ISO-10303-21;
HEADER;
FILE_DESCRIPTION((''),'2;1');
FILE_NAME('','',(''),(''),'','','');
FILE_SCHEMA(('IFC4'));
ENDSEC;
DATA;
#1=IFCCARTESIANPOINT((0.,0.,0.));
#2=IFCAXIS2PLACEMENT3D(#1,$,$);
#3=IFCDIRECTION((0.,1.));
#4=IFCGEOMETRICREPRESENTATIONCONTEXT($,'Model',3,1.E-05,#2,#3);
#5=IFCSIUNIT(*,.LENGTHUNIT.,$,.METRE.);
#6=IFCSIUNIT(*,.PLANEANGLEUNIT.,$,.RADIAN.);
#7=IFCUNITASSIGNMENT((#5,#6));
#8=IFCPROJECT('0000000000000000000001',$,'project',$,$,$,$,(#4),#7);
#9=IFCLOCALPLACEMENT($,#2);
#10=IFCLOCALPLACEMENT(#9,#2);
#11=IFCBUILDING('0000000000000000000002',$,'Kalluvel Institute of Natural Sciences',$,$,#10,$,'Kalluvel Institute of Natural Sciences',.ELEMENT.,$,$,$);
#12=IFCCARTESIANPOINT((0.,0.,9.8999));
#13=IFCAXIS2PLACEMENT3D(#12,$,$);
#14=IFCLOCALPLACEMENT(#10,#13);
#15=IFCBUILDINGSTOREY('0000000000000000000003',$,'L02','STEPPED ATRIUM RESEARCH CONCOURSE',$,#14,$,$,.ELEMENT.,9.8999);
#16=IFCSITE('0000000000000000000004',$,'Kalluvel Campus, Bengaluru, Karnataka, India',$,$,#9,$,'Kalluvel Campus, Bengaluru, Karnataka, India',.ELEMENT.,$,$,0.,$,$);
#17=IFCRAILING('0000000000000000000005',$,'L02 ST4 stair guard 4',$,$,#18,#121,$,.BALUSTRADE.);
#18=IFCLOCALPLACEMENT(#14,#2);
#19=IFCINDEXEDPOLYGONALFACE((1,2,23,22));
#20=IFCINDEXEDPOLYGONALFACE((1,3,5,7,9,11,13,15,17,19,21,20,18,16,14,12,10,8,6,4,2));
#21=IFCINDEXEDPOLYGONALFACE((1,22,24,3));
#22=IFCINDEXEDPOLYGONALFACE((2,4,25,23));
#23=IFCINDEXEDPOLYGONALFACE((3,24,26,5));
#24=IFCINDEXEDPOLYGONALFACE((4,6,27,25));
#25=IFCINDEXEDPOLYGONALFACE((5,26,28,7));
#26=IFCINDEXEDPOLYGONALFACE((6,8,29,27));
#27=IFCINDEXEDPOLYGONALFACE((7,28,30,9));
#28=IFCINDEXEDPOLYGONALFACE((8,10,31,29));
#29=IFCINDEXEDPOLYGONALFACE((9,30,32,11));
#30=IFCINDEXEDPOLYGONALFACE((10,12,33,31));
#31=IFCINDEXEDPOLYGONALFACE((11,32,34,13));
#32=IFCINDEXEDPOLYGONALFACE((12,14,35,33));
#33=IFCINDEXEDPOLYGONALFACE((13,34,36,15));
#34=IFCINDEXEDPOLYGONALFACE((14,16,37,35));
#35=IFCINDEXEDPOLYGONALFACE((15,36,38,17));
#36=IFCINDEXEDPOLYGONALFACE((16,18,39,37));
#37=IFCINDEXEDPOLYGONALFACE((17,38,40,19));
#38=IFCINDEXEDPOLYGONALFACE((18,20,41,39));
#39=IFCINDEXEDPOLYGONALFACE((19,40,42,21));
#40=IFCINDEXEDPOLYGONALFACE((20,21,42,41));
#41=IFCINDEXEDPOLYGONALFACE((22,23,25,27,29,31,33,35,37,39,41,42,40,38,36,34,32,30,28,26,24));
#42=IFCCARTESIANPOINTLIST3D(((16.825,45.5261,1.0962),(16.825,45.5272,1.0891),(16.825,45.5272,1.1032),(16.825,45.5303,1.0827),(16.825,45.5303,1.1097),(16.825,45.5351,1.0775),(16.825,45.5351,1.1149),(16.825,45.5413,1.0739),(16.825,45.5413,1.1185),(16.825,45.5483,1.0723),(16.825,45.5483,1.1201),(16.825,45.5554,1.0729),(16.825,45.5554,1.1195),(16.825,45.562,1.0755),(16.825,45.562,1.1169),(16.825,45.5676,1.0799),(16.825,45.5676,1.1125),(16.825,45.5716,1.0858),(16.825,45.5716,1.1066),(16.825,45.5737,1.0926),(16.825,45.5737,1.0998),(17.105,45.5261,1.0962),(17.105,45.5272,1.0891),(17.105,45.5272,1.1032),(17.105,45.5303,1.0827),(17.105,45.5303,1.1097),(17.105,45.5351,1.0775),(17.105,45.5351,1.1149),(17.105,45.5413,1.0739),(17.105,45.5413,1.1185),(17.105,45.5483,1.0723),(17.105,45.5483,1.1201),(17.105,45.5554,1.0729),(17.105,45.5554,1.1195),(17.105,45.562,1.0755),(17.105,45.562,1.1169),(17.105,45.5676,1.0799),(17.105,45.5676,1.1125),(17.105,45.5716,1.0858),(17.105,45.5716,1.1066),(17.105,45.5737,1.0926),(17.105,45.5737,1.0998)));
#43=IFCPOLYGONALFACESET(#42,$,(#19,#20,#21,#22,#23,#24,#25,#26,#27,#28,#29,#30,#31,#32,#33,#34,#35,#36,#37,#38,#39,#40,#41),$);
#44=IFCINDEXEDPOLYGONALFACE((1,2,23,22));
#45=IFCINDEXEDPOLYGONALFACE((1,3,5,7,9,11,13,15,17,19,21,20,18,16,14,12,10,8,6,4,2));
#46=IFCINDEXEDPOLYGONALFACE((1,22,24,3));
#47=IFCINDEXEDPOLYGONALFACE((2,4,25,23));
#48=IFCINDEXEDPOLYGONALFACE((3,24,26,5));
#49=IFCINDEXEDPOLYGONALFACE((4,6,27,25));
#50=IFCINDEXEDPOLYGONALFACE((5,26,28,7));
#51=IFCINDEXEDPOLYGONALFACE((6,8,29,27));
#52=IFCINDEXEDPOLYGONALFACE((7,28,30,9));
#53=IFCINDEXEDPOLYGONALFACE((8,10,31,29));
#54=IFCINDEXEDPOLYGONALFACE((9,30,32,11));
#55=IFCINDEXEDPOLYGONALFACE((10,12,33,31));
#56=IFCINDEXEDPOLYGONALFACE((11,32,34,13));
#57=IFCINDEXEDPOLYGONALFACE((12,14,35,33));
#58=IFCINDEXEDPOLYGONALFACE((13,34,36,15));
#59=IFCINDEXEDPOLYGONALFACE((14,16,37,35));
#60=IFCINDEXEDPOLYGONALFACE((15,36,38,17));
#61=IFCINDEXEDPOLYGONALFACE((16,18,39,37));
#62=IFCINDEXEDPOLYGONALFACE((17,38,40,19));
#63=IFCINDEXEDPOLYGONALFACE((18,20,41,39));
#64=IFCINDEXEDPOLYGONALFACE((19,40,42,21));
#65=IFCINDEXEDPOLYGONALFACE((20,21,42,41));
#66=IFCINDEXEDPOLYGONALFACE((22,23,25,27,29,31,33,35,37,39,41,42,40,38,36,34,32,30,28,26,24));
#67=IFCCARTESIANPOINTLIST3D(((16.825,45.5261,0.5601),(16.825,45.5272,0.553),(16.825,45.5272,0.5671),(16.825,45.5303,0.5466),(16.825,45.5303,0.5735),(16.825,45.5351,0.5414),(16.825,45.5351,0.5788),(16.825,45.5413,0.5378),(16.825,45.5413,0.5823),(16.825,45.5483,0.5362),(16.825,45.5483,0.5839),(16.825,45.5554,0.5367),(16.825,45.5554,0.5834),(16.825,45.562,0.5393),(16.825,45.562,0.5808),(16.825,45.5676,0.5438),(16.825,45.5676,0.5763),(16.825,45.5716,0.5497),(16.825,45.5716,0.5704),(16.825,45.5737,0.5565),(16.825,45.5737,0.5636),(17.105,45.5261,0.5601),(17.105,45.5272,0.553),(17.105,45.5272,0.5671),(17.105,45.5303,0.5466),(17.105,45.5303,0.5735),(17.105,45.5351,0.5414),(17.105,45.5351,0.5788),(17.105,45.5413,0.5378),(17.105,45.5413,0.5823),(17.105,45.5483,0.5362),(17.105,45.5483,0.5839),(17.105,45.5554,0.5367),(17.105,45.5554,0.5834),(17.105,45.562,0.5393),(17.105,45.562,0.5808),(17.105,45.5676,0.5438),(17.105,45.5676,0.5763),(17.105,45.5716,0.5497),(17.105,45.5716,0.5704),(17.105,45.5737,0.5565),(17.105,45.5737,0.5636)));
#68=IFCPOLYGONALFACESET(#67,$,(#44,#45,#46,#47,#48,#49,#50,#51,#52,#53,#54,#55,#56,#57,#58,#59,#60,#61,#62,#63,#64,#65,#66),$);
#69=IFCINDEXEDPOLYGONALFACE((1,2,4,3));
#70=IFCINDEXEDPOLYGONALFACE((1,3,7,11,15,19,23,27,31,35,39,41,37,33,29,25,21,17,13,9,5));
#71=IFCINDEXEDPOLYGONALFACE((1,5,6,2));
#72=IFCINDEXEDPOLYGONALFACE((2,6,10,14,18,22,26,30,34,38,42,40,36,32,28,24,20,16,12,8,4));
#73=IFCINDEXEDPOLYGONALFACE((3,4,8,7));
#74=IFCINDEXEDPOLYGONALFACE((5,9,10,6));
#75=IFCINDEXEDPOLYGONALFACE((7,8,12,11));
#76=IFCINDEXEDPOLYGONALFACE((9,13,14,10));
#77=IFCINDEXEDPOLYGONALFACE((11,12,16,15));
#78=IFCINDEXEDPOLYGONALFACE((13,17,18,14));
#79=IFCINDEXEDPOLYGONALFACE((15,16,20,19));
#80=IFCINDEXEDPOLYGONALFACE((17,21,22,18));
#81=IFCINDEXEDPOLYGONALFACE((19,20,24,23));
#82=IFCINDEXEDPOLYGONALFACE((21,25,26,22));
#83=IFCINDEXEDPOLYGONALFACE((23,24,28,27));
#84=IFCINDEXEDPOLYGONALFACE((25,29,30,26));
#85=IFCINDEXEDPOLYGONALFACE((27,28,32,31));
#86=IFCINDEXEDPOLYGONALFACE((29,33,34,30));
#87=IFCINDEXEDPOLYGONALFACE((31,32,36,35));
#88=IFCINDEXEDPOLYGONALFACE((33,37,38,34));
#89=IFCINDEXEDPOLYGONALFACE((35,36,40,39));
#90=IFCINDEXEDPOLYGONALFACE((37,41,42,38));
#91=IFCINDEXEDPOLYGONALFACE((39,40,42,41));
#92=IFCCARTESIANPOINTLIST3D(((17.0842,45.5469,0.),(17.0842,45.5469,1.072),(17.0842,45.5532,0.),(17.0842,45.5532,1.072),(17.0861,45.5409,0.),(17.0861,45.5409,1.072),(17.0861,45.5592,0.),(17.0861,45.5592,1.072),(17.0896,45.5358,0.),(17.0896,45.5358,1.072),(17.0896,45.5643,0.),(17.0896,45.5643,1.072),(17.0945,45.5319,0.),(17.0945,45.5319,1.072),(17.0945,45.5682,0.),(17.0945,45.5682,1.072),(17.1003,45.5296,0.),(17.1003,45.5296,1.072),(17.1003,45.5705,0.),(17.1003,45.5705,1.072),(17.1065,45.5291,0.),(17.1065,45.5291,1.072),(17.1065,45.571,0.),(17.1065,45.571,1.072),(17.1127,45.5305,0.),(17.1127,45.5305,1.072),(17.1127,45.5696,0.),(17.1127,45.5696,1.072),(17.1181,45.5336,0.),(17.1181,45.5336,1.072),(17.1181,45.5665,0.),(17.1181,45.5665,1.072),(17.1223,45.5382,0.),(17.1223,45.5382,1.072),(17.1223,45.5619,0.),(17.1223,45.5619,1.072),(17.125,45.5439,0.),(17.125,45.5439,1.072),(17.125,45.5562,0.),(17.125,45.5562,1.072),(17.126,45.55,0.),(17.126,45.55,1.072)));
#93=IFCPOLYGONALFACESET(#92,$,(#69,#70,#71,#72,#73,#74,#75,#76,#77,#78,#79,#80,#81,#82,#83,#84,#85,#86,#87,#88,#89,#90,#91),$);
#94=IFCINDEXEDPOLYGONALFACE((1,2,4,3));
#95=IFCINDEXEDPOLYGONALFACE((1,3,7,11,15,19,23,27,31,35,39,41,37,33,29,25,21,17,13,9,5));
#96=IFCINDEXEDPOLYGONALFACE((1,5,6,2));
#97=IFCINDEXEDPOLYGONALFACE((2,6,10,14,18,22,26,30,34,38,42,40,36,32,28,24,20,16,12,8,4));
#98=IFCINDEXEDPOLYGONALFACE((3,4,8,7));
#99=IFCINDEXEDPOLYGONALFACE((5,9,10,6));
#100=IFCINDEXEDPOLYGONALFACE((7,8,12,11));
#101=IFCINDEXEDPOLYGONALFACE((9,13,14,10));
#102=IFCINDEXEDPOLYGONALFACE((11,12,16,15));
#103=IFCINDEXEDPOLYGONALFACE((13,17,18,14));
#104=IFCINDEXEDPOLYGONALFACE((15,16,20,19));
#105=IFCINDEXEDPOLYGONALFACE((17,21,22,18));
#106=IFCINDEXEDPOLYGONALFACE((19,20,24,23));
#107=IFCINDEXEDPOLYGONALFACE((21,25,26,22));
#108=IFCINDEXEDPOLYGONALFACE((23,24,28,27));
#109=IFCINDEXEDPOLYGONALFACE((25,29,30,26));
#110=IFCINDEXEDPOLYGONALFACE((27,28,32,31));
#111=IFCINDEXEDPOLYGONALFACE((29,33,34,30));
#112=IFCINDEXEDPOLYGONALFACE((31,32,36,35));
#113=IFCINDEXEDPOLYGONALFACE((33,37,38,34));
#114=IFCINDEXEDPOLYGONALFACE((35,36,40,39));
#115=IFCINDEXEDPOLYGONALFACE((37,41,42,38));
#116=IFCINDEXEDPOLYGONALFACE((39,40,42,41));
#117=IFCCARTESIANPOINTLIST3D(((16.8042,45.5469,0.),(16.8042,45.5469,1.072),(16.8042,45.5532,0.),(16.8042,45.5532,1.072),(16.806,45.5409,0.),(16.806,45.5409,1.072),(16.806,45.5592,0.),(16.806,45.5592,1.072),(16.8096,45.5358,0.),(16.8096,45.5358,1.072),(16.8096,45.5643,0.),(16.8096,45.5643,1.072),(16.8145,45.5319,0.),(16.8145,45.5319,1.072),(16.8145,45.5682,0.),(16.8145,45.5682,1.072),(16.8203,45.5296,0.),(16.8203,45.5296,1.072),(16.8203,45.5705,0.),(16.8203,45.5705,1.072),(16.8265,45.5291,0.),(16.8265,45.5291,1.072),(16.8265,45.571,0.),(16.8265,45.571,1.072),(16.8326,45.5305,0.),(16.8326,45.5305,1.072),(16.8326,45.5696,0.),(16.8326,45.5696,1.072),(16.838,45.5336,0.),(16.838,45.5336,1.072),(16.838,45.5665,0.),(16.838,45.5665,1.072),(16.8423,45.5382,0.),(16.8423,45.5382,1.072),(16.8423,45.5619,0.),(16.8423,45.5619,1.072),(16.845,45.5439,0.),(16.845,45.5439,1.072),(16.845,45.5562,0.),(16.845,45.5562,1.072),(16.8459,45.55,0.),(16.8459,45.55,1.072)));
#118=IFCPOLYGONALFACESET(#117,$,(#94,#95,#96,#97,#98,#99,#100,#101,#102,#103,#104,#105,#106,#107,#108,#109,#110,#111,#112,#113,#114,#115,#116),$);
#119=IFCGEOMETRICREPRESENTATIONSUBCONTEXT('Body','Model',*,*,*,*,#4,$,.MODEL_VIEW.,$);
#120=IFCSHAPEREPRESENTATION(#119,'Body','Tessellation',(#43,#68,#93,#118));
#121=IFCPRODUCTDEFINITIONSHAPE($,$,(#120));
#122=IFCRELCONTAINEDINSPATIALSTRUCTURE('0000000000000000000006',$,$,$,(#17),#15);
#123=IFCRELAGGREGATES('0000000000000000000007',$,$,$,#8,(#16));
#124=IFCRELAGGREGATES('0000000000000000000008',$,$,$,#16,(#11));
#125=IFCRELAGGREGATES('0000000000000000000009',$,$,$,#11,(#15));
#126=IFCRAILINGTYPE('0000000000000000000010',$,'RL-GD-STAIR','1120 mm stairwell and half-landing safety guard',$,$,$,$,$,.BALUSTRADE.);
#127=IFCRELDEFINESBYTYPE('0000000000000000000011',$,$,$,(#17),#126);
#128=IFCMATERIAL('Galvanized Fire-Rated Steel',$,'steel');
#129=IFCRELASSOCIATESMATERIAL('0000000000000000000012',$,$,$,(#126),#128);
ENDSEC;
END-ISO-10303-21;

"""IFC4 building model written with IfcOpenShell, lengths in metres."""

from ifc_helpers import new_model, si_unit, direction, frame, origin, origin_2d, place, context, subcontext, project, spatial, circle, extrude, material, type_object, element, save


model = new_model("IFC4")

# Units and contexts
model_context = context("Model", 3, precision=1e-05, world=origin(), true_north=direction((0.0, 1.0)))
body_context = subcontext(model_context, "Body", "Model", "MODEL_VIEW")
ifc_project = project(units=[si_unit("LENGTHUNIT", "METRE"), si_unit("PLANEANGLEUNIT", "RADIAN")], contexts=[model_context])

# Site, building, storey
site_placement = place(None, origin())
site = spatial("IfcSite", under=ifc_project, at=site_placement, Name="Kalluvel Campus, Bengaluru, Karnataka, India", LongName="Kalluvel Campus, Bengaluru, Karnataka, India", CompositionType="ELEMENT", RefElevation=0.0)
building_placement = place(site_placement, origin())
building = spatial("IfcBuilding", under=site, at=building_placement, Name="Kalluvel Institute of Natural Sciences", LongName="Kalluvel Institute of Natural Sciences", CompositionType="ELEMENT")
storey_placement = place(building_placement, frame((0.0, 0.0, 9.8999)))
storey = spatial("IfcBuildingStorey", under=building, at=storey_placement, Name="L02", Description="STEPPED ATRIUM RESEARCH CONCOURSE", CompositionType="ELEMENT", Elevation=9.8999)

# Shared definitions
ifc_material_1 = material(Name="Galvanized Fire-Rated Steel", Category="steel")

# Railing
railing_type_1 = type_object("IfcRailingType", Name="RL-GD-STAIR", Description="1120 mm stairwell and half-landing safety guard", PredefinedType="BALUSTRADE", material=ifc_material_1)
railing_1_placement = place(storey_placement, frame((17.105, 45.55, 0.0)))
element("IfcRailing", 1, at=railing_1_placement, inside=storey, type_object=railing_type_1, Name="L02 ST4 stair guard 4", PredefinedType="BALUSTRADE", context=body_context, shape_type="SweptSolid", body=[
    extrude(circle(Radius=0.0239, at=origin_2d()), frame((0.0, 0.0, 1.0962), z_axis=(-1.0, 0.0, 0.0), x_axis=(0.0, -1.0, 0.0)), (0.0, 0.0, 1.0), 0.28),
    extrude(circle(Radius=0.0239, at=origin_2d()), frame((0.0, 0.0, 0.5601), z_axis=(-1.0, 0.0, 0.0), x_axis=(0.0, -1.0, 0.0)), (0.0, 0.0, 1.0), 0.28),
    extrude(circle(Radius=0.021, at=origin_2d()), origin(), (0.0, 0.0, 1.0), 1.072),
    extrude(circle(Radius=0.021, at=origin_2d()), frame((-0.28, 0.0, 0.0)), (0.0, 0.0, 1.0), 1.072),
])

save(model, "model.ifc")
